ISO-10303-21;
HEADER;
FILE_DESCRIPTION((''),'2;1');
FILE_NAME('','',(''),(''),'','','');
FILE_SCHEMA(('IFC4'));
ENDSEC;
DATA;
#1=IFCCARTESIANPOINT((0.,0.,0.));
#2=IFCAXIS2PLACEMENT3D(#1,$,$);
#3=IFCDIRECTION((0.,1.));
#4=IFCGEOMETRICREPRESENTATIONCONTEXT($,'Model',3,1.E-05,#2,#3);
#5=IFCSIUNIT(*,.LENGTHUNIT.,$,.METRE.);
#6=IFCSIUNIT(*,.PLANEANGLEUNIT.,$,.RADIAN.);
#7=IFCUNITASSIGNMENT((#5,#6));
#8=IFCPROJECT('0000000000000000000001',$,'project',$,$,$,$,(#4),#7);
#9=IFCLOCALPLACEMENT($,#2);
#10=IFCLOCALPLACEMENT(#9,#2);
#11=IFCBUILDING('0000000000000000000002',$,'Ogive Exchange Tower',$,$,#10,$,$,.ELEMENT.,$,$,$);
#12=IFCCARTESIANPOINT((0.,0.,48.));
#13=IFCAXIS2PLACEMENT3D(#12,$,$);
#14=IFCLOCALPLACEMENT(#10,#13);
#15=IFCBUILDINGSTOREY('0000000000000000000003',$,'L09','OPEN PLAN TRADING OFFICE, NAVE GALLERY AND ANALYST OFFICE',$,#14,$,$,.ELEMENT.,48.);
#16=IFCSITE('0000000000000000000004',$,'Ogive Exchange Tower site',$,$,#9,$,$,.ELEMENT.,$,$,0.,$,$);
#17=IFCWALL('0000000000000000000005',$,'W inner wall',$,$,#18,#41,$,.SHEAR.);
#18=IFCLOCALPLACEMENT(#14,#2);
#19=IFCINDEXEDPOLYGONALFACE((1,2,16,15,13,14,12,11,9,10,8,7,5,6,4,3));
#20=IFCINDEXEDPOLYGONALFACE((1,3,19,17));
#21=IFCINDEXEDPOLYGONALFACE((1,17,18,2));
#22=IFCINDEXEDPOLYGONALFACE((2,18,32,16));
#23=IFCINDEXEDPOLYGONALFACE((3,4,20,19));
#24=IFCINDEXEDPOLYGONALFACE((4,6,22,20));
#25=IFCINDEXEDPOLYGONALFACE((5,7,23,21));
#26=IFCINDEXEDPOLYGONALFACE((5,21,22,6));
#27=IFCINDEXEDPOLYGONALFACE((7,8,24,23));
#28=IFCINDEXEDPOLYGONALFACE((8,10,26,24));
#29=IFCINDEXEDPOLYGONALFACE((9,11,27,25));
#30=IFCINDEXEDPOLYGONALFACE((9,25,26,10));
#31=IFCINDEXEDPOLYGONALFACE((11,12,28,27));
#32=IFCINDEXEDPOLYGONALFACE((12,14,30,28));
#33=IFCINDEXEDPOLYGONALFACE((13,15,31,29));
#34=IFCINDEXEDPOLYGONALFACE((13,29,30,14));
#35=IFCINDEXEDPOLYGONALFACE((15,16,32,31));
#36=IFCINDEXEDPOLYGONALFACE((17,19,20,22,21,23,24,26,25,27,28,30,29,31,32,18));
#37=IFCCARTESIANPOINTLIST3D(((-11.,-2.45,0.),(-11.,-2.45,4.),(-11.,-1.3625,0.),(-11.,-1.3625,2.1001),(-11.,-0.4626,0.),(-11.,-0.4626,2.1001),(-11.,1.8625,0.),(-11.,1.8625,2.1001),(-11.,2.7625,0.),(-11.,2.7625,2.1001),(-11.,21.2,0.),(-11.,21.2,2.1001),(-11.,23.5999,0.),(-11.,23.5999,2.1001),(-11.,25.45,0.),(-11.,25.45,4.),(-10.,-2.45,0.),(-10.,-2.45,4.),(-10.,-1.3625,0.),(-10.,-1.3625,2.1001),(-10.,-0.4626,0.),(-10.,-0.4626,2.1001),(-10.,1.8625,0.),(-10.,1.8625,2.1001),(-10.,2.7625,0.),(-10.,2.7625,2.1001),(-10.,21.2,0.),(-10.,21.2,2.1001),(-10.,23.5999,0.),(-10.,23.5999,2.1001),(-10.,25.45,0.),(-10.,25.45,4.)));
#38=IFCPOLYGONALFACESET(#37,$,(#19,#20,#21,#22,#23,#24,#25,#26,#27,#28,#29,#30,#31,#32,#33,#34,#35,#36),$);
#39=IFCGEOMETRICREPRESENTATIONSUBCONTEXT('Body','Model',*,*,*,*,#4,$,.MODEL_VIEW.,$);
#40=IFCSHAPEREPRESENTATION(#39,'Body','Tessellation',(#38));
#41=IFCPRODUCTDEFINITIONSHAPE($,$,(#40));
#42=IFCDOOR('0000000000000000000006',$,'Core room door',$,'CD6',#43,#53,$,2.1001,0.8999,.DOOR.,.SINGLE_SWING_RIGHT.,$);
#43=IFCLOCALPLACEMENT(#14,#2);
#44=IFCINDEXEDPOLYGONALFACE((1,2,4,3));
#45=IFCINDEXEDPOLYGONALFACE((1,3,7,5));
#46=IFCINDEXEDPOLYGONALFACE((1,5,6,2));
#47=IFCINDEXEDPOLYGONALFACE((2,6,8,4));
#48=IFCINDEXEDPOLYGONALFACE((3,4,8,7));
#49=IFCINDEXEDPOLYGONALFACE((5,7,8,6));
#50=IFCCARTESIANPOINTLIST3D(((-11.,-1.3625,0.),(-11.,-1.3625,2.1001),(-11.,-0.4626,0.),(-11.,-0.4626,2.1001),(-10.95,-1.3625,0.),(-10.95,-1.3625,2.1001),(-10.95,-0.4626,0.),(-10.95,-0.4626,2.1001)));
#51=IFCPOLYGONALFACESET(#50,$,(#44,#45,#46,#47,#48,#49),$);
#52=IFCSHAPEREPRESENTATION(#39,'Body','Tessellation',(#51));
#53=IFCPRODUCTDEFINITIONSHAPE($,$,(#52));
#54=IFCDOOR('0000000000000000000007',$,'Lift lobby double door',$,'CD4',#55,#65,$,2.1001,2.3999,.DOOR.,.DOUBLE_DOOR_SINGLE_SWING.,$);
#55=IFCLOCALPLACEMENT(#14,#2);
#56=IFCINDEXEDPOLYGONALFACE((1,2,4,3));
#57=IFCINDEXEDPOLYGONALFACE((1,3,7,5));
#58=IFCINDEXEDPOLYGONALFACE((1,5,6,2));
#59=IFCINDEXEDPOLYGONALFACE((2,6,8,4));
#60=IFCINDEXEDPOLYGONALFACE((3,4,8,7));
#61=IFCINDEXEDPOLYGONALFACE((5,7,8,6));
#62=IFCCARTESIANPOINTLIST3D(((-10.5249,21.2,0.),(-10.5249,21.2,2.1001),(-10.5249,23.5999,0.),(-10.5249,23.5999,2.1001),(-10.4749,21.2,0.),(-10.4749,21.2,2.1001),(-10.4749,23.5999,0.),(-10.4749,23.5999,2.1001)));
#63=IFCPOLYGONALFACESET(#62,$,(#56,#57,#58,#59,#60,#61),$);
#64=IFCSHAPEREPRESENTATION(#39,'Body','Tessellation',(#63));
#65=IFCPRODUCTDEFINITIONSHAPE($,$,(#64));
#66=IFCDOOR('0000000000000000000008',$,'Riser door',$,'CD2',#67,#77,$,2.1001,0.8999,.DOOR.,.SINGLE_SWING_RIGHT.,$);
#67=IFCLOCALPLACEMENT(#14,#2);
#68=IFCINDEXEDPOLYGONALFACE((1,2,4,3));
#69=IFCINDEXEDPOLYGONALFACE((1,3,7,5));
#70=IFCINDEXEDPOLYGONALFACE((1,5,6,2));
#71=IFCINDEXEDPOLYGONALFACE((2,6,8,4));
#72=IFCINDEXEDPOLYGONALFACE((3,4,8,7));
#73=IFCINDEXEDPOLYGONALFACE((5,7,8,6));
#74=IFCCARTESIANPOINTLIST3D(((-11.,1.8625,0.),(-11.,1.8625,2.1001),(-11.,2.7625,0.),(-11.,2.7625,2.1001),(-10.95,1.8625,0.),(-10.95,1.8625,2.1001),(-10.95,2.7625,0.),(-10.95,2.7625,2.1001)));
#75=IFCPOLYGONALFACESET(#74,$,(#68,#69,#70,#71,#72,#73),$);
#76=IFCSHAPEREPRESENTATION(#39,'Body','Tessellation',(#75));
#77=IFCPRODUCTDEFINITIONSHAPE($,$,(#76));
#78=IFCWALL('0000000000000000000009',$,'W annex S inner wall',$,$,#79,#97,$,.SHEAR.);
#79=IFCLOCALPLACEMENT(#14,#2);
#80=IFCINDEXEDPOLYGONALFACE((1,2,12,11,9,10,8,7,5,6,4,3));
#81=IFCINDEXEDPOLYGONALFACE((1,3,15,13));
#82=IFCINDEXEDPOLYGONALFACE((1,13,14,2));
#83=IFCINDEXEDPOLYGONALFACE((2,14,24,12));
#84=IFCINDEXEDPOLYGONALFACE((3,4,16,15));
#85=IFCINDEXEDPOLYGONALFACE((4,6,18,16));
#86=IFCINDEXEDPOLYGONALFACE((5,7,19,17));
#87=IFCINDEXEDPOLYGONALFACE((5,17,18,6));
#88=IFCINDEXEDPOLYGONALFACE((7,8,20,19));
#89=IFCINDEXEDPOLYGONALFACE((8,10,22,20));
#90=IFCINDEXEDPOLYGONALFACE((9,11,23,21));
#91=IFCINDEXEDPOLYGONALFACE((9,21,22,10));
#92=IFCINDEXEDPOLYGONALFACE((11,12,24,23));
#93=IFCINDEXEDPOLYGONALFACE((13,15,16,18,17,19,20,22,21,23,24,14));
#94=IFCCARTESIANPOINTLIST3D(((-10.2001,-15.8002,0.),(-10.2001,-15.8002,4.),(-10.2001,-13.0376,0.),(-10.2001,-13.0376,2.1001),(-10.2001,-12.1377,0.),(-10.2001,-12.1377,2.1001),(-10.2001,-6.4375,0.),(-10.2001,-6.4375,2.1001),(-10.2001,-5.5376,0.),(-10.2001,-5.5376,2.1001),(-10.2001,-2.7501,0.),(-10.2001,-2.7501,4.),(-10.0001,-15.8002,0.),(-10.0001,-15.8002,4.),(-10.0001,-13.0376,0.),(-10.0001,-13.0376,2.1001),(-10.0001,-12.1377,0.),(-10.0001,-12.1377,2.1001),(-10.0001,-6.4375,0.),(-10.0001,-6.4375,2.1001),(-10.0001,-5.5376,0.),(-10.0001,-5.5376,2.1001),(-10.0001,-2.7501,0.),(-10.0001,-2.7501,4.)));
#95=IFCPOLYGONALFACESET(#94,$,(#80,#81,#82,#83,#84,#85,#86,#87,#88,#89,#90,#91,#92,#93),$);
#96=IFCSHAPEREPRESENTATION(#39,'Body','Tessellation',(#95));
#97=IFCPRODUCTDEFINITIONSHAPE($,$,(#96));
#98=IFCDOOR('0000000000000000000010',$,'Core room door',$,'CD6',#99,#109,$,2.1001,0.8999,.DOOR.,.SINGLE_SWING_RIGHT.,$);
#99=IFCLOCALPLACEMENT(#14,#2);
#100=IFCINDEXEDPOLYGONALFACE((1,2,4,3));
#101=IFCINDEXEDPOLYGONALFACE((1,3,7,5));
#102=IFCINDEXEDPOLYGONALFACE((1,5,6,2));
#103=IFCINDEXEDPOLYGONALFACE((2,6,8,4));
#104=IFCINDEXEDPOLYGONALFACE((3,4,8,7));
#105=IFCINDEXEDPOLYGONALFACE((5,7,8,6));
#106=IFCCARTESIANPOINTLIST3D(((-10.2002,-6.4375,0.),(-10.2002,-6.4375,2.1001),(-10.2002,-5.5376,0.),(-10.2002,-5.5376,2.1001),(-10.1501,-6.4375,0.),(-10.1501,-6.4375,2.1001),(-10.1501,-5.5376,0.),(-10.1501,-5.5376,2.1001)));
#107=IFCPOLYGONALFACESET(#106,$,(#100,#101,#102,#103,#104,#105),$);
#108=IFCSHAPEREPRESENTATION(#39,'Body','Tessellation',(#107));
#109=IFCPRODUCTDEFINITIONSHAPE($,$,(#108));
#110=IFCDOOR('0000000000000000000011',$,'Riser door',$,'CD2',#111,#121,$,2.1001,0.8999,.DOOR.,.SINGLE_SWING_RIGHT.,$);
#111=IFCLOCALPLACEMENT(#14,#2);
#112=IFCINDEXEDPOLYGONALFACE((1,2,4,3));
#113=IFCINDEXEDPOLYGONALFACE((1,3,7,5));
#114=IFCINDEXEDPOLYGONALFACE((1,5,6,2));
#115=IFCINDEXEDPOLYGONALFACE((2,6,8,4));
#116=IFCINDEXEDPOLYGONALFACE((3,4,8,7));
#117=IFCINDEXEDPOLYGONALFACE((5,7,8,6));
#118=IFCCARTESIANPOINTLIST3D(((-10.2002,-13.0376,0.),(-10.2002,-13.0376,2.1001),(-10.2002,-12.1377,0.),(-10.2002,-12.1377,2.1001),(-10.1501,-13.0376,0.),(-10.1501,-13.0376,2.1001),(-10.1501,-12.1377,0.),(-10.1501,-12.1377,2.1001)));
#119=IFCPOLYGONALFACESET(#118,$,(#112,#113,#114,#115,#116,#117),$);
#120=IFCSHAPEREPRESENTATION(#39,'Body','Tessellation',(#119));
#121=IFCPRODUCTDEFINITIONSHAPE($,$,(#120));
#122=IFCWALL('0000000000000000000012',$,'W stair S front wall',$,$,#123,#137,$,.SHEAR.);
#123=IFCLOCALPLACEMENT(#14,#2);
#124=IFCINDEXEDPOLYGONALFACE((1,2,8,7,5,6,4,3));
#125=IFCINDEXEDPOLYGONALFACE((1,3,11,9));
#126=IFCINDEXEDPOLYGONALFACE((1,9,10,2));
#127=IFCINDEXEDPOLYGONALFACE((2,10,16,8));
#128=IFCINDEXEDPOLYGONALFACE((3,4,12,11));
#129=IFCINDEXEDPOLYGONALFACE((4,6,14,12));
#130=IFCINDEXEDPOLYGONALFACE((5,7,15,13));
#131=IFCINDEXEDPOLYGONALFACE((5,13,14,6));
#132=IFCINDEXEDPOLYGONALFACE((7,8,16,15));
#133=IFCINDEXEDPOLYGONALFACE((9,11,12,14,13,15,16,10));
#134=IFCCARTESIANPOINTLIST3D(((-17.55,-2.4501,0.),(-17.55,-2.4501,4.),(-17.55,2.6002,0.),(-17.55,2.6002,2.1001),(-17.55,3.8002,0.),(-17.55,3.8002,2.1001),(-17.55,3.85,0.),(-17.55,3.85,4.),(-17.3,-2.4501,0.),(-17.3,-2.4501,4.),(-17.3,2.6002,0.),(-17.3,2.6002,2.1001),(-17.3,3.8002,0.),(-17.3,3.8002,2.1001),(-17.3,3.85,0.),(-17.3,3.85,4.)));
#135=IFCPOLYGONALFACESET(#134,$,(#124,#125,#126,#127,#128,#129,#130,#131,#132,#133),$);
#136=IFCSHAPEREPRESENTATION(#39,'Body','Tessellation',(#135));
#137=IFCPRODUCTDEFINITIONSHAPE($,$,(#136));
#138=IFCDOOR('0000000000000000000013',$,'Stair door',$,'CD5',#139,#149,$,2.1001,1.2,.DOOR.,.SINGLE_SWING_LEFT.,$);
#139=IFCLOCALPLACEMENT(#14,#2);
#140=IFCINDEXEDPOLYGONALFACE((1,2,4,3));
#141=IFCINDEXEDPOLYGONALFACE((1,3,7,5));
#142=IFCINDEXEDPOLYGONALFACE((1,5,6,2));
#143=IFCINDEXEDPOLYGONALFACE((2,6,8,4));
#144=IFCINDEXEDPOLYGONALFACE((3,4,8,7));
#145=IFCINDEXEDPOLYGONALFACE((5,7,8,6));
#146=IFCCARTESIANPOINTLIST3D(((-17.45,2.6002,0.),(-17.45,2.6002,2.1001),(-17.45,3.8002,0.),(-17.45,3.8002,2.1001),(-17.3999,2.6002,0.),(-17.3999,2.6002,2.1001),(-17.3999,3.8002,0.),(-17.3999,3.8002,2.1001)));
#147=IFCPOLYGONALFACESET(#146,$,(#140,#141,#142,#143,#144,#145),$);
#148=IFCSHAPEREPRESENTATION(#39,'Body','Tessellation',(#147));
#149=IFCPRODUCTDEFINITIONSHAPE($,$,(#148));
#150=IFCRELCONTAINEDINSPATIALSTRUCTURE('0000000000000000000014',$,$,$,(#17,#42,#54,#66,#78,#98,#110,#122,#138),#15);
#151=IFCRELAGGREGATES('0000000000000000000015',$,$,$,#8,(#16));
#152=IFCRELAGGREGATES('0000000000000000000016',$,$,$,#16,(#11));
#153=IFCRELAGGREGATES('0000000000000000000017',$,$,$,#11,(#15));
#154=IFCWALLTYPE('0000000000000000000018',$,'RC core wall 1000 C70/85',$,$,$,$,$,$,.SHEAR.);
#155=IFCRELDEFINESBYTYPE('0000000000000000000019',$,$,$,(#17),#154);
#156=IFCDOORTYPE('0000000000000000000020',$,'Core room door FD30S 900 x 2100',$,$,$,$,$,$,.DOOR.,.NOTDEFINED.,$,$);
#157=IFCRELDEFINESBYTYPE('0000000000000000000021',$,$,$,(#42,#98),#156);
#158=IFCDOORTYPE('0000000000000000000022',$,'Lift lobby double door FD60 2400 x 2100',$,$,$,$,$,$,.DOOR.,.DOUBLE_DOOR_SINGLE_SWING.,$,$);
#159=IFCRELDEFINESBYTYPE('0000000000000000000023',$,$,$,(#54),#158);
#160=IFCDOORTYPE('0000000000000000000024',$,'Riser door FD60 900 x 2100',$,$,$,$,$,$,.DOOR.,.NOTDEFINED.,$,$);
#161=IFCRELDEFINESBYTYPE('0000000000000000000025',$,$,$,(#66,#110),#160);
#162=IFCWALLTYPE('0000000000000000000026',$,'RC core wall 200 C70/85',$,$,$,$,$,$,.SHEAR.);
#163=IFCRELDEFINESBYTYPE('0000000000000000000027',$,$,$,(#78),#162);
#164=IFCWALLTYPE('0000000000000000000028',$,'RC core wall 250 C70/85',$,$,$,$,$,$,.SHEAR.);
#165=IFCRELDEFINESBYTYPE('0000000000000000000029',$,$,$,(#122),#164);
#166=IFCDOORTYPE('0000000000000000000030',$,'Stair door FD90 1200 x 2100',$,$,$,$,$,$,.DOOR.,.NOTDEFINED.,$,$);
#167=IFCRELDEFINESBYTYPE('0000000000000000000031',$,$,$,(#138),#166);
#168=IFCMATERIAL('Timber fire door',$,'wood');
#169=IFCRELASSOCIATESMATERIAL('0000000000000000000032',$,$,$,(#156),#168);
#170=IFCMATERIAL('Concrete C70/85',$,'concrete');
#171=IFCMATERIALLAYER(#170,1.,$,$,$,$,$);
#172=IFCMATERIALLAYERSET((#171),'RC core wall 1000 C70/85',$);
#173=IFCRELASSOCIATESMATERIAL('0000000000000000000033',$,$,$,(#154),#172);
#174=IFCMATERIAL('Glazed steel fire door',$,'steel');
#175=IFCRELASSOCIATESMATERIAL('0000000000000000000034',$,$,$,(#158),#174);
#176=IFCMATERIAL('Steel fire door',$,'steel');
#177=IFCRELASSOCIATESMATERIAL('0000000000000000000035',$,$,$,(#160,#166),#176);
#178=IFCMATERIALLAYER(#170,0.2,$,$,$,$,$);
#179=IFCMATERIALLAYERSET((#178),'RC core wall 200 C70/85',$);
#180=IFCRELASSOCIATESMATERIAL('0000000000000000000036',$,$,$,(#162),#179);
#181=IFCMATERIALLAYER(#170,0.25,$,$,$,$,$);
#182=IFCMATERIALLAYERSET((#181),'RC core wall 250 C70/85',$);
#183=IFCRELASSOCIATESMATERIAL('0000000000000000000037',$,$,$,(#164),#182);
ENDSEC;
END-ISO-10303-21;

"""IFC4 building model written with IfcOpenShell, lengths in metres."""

from ifc_helpers import new_model, si_unit, direction, frame, frame_2d, origin, place, context, subcontext, project, spatial, rectangle, extrude, material, layer, layer_set, type_object, element, fill, save


model = new_model("IFC4")

# Units and contexts
model_context = context("Model", 3, precision=1e-05, world=origin(), true_north=direction((0.0, 1.0)))
body_context = subcontext(model_context, "Body", "Model", "MODEL_VIEW")
ifc_project = project(units=[si_unit("LENGTHUNIT", "METRE"), si_unit("PLANEANGLEUNIT", "RADIAN")], contexts=[model_context])

# Site, building, storey
site_placement = place(None, origin())
site = spatial("IfcSite", under=ifc_project, at=site_placement, Name="Ogive Exchange Tower site", CompositionType="ELEMENT", RefElevation=0.0)
building_placement = place(site_placement, origin())
building = spatial("IfcBuilding", under=site, at=building_placement, Name="Ogive Exchange Tower", CompositionType="ELEMENT")
storey_placement = place(building_placement, frame((0.0, 0.0, 48.0)))
storey = spatial("IfcBuildingStorey", under=building, at=storey_placement, Name="L09", Description="OPEN PLAN TRADING OFFICE, NAVE GALLERY AND ANALYST OFFICE", CompositionType="ELEMENT", Elevation=48.0)

# Shared definitions
ifc_material_1 = material(Name="Timber fire door", Category="wood")
door_type_1 = type_object("IfcDoorType", Name="Core room door FD30S 900 x 2100", OperationType="NOTDEFINED", PredefinedType="DOOR", material=ifc_material_1)

# Walls, openings, doors
ifc_material_2 = material(Name="Concrete C70/85", Category="concrete")
ifc_layer_1 = layer(ifc_material_2, 1.0)
ifc_layer_set_1 = layer_set([ifc_layer_1], Name="RC core wall 1000 C70/85")
wall_type_1 = type_object("IfcWallType", Name="RC core wall 1000 C70/85", PredefinedType="SHEAR", material=ifc_layer_set_1)
wall_1_placement = place(storey_placement, frame((-10.5, -2.45, 0.0), z_axis=(0.0, 0.0, 1.0), x_axis=(0.0, 1.0, 0.0)))
wall_1 = element("IfcWall", 1, at=wall_1_placement, inside=storey, type_object=wall_type_1, Name="W inner wall", PredefinedType="SHEAR", context=body_context, shape_type="SweptSolid", body=[
    extrude(rectangle(XDim=27.8999, YDim=1.0, at=frame_2d((13.95, 0.0))), origin(), (0.0, 0.0, 1.0), 4.0),
])
opening_1_placement = place(wall_1_placement, frame((23.6499, 0.0, 0.0)))
opening_1 = element("IfcOpeningElement", 2, at=opening_1_placement, cuts=wall_1, PredefinedType="OPENING", context=body_context, shape_type="SweptSolid", body=[
    extrude(rectangle(XDim=2.3999, YDim=2.1001, at=frame_2d((1.2, 1.05))), frame((0.0, 0.51, 0.0), z_axis=(0.0, -1.0, 0.0), x_axis=(1.0, 0.0, 0.0)), (0.0, 0.0, 1.0), 1.02),
])
opening_2_placement = place(wall_1_placement, frame((1.0874, 0.0, 0.0)))
opening_2 = element("IfcOpeningElement", 3, at=opening_2_placement, cuts=wall_1, PredefinedType="OPENING", context=body_context, shape_type="SweptSolid", body=[
    extrude(rectangle(XDim=0.8999, YDim=2.1001, at=frame_2d((0.45, 1.05))), frame((0.0, 0.51, 0.0), z_axis=(0.0, -1.0, 0.0), x_axis=(1.0, 0.0, 0.0)), (0.0, 0.0, 1.0), 1.02),
])
opening_3_placement = place(wall_1_placement, frame((4.3125, 0.0, 0.0)))
opening_3 = element("IfcOpeningElement", 4, at=opening_3_placement, cuts=wall_1, PredefinedType="OPENING", context=body_context, shape_type="SweptSolid", body=[
    extrude(rectangle(XDim=0.8999, YDim=2.1001, at=frame_2d((0.45, 1.05))), frame((0.0, 0.51, 0.0), z_axis=(0.0, -1.0, 0.0), x_axis=(1.0, 0.0, 0.0)), (0.0, 0.0, 1.0), 1.02),
])
door_1_placement = place(opening_2_placement, origin())
door_1 = element("IfcDoor", 5, at=door_1_placement, inside=storey, type_object=door_type_1, Name="Core room door", ObjectType="CD6", OperationType="SINGLE_SWING_RIGHT", OverallHeight=2.1001, OverallWidth=0.8999, PredefinedType="DOOR", context=body_context, shape_type="SweptSolid", body=[
    extrude(rectangle(XDim=0.8999, YDim=2.1001, at=frame_2d((0.45, 1.05))), frame((0.0, 0.5, 0.0), z_axis=(0.0, -1.0, 0.0), x_axis=(1.0, 0.0, 0.0)), (0.0, 0.0, 1.0), 0.05),
])
fill(opening_2, door_1)
ifc_material_3 = material(Name="Glazed steel fire door", Category="steel")
door_type_2 = type_object("IfcDoorType", Name="Lift lobby double door FD60 2400 x 2100", OperationType="DOUBLE_DOOR_SINGLE_SWING", PredefinedType="DOOR", material=ifc_material_3)
door_2_placement = place(opening_1_placement, origin())
door_2 = element("IfcDoor", 6, at=door_2_placement, inside=storey, type_object=door_type_2, Name="Lift lobby double door", ObjectType="CD4", OperationType="DOUBLE_DOOR_SINGLE_SWING", OverallHeight=2.1001, OverallWidth=2.3999, PredefinedType="DOOR", context=body_context, shape_type="SweptSolid", body=[
    extrude(rectangle(XDim=2.3999, YDim=2.1001, at=frame_2d((1.2, 1.05))), frame((0.0, 0.0249, 0.0), z_axis=(0.0, -1.0, 0.0), x_axis=(1.0, 0.0, 0.0)), (0.0, 0.0, 1.0), 0.05),
])
fill(opening_1, door_2)
ifc_material_4 = material(Name="Steel fire door", Category="steel")
door_type_3 = type_object("IfcDoorType", Name="Riser door FD60 900 x 2100", OperationType="NOTDEFINED", PredefinedType="DOOR", material=ifc_material_4)
door_3_placement = place(opening_3_placement, origin())
door_3 = element("IfcDoor", 7, at=door_3_placement, inside=storey, type_object=door_type_3, Name="Riser door", ObjectType="CD2", OperationType="SINGLE_SWING_RIGHT", OverallHeight=2.1001, OverallWidth=0.8999, PredefinedType="DOOR", context=body_context, shape_type="SweptSolid", body=[
    extrude(rectangle(XDim=0.8999, YDim=2.1001, at=frame_2d((0.45, 1.05))), frame((0.0, 0.5, 0.0), z_axis=(0.0, -1.0, 0.0), x_axis=(1.0, 0.0, 0.0)), (0.0, 0.0, 1.0), 0.05),
])
fill(opening_3, door_3)
ifc_layer_2 = layer(ifc_material_2, 0.2)
ifc_layer_set_2 = layer_set([ifc_layer_2], Name="RC core wall 200 C70/85")
wall_type_2 = type_object("IfcWallType", Name="RC core wall 200 C70/85", PredefinedType="SHEAR", material=ifc_layer_set_2)
wall_2_placement = place(storey_placement, frame((-10.1001, -15.8, 0.0), z_axis=(0.0, 0.0, 1.0), x_axis=(0.0, 1.0, 0.0)))
wall_2 = element("IfcWall", 8, at=wall_2_placement, inside=storey, type_object=wall_type_2, Name="W annex S inner wall", PredefinedType="SHEAR", context=body_context, shape_type="SweptSolid", body=[
    extrude(rectangle(XDim=13.05, YDim=0.2, at=frame_2d((6.5249, 0.0))), origin(), (0.0, 0.0, 1.0), 4.0),
])
opening_4_placement = place(wall_2_placement, frame((2.7625, 0.0, 0.0)))
opening_4 = element("IfcOpeningElement", 9, at=opening_4_placement, cuts=wall_2, PredefinedType="OPENING", context=body_context, shape_type="SweptSolid", body=[
    extrude(rectangle(XDim=0.8999, YDim=2.1001, at=frame_2d((0.45, 1.05))), frame((0.0, 0.1099, 0.0), z_axis=(0.0, -1.0, 0.0), x_axis=(1.0, 0.0, 0.0)), (0.0, 0.0, 1.0), 0.22),
])
opening_5_placement = place(wall_2_placement, frame((9.3625, 0.0, 0.0)))
opening_5 = element("IfcOpeningElement", 10, at=opening_5_placement, cuts=wall_2, PredefinedType="OPENING", context=body_context, shape_type="SweptSolid", body=[
    extrude(rectangle(XDim=0.8999, YDim=2.1001, at=frame_2d((0.45, 1.05))), frame((0.0, 0.1099, 0.0), z_axis=(0.0, -1.0, 0.0), x_axis=(1.0, 0.0, 0.0)), (0.0, 0.0, 1.0), 0.22),
])
door_4_placement = place(opening_5_placement, origin())
door_4 = element("IfcDoor", 11, at=door_4_placement, inside=storey, type_object=door_type_1, Name="Core room door", ObjectType="CD6", OperationType="SINGLE_SWING_RIGHT", OverallHeight=2.1001, OverallWidth=0.8999, PredefinedType="DOOR", context=body_context, shape_type="SweptSolid", body=[
    extrude(rectangle(XDim=0.8999, YDim=2.1001, at=frame_2d((0.45, 1.05))), frame((0.0, 0.1001, 0.0), z_axis=(0.0, -1.0, 0.0), x_axis=(1.0, 0.0, 0.0)), (0.0, 0.0, 1.0), 0.05),
])
fill(opening_5, door_4)
door_5_placement = place(opening_4_placement, origin())
door_5 = element("IfcDoor", 12, at=door_5_placement, inside=storey, type_object=door_type_3, Name="Riser door", ObjectType="CD2", OperationType="SINGLE_SWING_RIGHT", OverallHeight=2.1001, OverallWidth=0.8999, PredefinedType="DOOR", context=body_context, shape_type="SweptSolid", body=[
    extrude(rectangle(XDim=0.8999, YDim=2.1001, at=frame_2d((0.45, 1.05))), frame((0.0, 0.1001, 0.0), z_axis=(0.0, -1.0, 0.0), x_axis=(1.0, 0.0, 0.0)), (0.0, 0.0, 1.0), 0.05),
])
fill(opening_4, door_5)

# Wall, opening, door
ifc_layer_3 = layer(ifc_material_2, 0.25)
ifc_layer_set_3 = layer_set([ifc_layer_3], Name="RC core wall 250 C70/85")
wall_type_3 = type_object("IfcWallType", Name="RC core wall 250 C70/85", PredefinedType="SHEAR", material=ifc_layer_set_3)
wall_3_placement = place(storey_placement, frame((-17.425, -2.45, 0.0), z_axis=(0.0, 0.0, 1.0), x_axis=(0.0, 1.0, 0.0)))
wall_3 = element("IfcWall", 13, at=wall_3_placement, inside=storey, type_object=wall_type_3, Name="W stair S front wall", PredefinedType="SHEAR", context=body_context, shape_type="SweptSolid", body=[
    extrude(rectangle(XDim=6.3, YDim=0.25, at=frame_2d((3.1499, 0.0))), origin(), (0.0, 0.0, 1.0), 4.0),
])
opening_6_placement = place(wall_3_placement, frame((5.05, 0.0, 0.0)))
opening_6 = element("IfcOpeningElement", 14, at=opening_6_placement, cuts=wall_3, PredefinedType="OPENING", context=body_context, shape_type="SweptSolid", body=[
    extrude(rectangle(XDim=1.2, YDim=2.1001, at=frame_2d((0.6001, 1.05))), frame((0.0, 0.135, 0.0), z_axis=(0.0, -1.0, 0.0), x_axis=(1.0, 0.0, 0.0)), (0.0, 0.0, 1.0), 0.27),
])
door_type_4 = type_object("IfcDoorType", Name="Stair door FD90 1200 x 2100", OperationType="NOTDEFINED", PredefinedType="DOOR", material=ifc_material_4)
door_6_placement = place(opening_6_placement, origin())
door_6 = element("IfcDoor", 15, at=door_6_placement, inside=storey, type_object=door_type_4, Name="Stair door", ObjectType="CD5", OperationType="SINGLE_SWING_LEFT", OverallHeight=2.1001, OverallWidth=1.2, PredefinedType="DOOR", context=body_context, shape_type="SweptSolid", body=[
    extrude(rectangle(XDim=1.2, YDim=2.1001, at=frame_2d((0.6001, 1.05))), frame((0.0, 0.0249, 0.0), z_axis=(0.0, -1.0, 0.0), x_axis=(1.0, 0.0, 0.0)), (0.0, 0.0, 1.0), 0.05),
])
fill(opening_6, door_6)

save(model, "model.ifc")
